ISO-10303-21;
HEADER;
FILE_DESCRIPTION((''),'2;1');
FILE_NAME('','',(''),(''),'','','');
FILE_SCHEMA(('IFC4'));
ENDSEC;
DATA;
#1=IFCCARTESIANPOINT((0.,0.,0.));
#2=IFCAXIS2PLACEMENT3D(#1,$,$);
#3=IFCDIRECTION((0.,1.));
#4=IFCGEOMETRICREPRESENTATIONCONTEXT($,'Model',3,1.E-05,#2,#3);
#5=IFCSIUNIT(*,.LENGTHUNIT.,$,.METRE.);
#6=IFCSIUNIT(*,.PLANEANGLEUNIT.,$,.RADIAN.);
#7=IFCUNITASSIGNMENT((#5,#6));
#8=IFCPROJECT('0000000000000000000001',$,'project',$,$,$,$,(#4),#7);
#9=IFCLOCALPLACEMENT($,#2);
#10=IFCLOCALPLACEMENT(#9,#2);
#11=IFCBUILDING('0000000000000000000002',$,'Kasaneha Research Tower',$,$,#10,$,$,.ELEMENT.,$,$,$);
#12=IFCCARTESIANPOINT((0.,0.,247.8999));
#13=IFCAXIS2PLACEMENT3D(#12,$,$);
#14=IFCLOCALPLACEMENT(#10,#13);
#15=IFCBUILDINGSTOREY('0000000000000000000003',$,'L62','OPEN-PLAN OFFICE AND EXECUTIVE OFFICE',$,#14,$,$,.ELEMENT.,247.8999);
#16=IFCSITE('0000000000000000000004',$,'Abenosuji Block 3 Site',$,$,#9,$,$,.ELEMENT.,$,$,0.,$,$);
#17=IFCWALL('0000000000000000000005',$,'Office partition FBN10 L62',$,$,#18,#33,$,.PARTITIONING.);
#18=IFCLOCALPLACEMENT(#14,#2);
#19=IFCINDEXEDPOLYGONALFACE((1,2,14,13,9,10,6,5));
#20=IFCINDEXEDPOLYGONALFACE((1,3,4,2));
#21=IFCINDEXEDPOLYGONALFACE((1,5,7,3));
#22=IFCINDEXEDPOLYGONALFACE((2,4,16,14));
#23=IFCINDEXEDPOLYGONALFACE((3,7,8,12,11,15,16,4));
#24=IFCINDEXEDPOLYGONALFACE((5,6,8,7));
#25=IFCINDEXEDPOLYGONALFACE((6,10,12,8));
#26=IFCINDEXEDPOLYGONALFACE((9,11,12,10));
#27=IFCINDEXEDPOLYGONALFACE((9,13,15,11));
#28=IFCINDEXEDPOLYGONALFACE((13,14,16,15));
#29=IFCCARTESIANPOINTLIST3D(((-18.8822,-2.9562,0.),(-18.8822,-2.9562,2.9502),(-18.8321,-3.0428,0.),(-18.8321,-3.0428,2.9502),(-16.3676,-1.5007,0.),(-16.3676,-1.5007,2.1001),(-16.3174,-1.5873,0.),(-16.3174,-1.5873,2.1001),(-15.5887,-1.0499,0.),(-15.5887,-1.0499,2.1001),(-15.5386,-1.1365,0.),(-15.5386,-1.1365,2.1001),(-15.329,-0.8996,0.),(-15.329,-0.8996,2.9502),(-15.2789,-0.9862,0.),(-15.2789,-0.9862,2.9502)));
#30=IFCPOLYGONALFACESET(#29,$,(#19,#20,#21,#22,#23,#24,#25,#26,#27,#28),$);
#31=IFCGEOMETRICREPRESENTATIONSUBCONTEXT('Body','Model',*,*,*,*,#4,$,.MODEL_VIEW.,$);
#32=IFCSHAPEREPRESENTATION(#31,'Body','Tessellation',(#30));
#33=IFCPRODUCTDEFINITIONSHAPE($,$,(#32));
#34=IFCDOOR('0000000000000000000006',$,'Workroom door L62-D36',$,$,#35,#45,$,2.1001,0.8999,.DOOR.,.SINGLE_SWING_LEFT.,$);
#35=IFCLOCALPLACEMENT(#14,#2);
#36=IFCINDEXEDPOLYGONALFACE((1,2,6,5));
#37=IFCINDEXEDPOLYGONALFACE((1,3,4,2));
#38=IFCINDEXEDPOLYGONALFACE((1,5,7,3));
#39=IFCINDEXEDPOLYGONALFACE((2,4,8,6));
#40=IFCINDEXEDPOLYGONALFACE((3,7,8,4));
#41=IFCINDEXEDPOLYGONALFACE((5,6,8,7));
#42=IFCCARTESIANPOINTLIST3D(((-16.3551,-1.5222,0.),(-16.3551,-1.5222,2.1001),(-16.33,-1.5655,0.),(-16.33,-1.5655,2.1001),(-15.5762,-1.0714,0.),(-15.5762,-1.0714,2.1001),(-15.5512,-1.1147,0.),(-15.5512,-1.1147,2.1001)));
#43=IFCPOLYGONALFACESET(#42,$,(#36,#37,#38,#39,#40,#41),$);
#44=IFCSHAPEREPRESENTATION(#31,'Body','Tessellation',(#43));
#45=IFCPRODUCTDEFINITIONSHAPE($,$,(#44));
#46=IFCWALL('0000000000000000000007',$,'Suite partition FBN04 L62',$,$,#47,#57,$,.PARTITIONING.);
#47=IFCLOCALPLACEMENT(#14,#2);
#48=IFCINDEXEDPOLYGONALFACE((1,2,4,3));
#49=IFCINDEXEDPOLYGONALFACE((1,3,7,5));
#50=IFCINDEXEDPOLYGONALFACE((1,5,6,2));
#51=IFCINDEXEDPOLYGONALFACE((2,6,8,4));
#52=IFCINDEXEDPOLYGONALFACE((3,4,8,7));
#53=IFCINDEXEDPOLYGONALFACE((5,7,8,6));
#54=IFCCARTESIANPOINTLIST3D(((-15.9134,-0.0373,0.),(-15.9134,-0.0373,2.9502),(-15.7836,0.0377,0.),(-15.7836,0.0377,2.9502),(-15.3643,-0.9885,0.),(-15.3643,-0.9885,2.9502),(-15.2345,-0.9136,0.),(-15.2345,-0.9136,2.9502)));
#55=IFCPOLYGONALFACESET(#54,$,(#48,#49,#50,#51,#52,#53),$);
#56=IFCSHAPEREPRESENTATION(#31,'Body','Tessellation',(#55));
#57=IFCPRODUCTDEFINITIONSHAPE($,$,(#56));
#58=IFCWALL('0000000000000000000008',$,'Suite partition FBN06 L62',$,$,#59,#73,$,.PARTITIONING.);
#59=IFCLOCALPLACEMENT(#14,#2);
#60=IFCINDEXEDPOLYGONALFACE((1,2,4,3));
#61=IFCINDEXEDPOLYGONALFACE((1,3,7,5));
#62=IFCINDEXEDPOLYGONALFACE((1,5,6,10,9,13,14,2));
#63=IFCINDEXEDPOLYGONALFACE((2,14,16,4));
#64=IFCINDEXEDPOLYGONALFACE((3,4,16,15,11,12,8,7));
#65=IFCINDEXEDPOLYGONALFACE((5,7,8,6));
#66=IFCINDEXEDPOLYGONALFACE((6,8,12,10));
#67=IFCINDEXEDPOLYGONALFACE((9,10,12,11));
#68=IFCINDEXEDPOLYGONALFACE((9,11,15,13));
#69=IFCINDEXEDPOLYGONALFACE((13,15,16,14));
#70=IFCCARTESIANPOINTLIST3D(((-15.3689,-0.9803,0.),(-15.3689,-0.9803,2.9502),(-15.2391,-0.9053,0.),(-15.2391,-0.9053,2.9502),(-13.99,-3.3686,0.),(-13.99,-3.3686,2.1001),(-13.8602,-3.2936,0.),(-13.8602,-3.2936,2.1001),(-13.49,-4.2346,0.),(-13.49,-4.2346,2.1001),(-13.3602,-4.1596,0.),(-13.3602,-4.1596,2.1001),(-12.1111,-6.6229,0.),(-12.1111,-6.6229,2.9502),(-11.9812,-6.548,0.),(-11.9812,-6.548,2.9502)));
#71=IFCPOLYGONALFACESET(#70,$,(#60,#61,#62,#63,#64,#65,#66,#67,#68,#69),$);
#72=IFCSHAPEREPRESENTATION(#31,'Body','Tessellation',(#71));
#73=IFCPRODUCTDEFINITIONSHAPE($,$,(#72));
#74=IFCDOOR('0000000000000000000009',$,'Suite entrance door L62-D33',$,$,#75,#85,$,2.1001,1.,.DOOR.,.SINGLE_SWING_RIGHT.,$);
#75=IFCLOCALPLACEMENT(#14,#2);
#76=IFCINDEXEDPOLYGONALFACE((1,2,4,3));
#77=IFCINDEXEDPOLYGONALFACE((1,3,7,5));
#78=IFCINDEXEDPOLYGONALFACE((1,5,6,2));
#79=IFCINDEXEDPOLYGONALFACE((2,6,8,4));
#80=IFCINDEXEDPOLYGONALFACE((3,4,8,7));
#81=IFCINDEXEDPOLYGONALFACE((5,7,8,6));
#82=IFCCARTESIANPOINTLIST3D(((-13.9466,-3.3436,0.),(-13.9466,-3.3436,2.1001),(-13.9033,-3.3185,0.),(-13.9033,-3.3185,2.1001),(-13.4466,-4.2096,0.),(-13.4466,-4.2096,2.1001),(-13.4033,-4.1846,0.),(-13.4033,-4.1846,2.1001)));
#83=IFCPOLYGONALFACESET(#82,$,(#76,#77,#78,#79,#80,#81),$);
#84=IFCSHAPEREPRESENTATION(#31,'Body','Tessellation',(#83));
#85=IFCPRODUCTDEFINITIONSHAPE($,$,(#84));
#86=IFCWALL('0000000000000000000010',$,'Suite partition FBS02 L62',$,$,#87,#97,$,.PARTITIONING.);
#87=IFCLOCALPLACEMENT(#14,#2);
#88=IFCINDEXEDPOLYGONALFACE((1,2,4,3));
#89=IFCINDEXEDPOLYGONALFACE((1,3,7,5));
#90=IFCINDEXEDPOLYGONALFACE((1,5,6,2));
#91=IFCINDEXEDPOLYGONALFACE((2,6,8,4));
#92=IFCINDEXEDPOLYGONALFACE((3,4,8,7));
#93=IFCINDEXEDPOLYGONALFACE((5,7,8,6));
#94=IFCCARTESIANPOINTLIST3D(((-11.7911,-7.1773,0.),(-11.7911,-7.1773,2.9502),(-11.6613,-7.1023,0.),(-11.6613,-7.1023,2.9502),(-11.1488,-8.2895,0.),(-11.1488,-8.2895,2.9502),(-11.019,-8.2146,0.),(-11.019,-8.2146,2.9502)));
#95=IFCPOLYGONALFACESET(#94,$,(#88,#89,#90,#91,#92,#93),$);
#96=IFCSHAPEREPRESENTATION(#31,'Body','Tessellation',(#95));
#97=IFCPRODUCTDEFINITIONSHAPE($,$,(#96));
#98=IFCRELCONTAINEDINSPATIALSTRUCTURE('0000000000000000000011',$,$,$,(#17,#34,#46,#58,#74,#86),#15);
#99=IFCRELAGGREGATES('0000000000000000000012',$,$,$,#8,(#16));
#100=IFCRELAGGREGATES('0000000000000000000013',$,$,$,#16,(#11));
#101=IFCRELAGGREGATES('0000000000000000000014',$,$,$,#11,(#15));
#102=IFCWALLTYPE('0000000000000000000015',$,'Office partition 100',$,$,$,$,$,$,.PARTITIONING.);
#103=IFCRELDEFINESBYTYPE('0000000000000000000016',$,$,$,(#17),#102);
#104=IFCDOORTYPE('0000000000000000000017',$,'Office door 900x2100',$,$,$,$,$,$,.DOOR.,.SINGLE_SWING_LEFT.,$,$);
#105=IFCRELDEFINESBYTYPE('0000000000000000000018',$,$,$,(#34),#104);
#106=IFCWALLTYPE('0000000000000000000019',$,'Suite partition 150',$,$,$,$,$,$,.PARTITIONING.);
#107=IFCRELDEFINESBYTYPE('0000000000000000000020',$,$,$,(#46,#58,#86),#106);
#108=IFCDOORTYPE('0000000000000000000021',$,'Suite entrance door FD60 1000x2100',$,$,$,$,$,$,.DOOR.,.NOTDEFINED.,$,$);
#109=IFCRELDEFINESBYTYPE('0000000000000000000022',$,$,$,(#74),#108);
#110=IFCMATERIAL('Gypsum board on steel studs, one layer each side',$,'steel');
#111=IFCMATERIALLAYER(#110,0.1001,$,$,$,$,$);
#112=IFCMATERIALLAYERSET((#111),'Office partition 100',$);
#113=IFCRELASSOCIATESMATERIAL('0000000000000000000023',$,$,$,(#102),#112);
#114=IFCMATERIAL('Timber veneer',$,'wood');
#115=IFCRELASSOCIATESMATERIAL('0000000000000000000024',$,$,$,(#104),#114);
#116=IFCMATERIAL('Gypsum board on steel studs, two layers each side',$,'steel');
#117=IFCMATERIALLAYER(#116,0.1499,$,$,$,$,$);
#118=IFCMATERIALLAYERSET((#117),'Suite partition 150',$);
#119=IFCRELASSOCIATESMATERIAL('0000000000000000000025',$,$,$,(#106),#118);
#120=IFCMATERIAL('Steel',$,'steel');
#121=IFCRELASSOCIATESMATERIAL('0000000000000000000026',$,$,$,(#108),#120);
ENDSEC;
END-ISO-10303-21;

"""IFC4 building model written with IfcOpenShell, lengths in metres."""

from ifc_helpers import new_model, si_unit, direction, frame, frame_2d, origin, place, context, subcontext, project, spatial, rectangle, extrude, material, layer, layer_set, type_object, element, fill, save


model = new_model("IFC4")

# Units and contexts
model_context = context("Model", 3, precision=1e-05, world=origin(), true_north=direction((0.0, 1.0)))
body_context = subcontext(model_context, "Body", "Model", "MODEL_VIEW")
ifc_project = project(units=[si_unit("LENGTHUNIT", "METRE"), si_unit("PLANEANGLEUNIT", "RADIAN")], contexts=[model_context])

# Site, building, storey
site_placement = place(None, origin())
site = spatial("IfcSite", under=ifc_project, at=site_placement, Name="Abenosuji Block 3 Site", CompositionType="ELEMENT", RefElevation=0.0)
building_placement = place(site_placement, origin())
building = spatial("IfcBuilding", under=site, at=building_placement, Name="Kasaneha Research Tower", CompositionType="ELEMENT")
storey_placement = place(building_placement, frame((0.0, 0.0, 247.8999)))
storey = spatial("IfcBuildingStorey", under=building, at=storey_placement, Name="L62", Description="OPEN-PLAN OFFICE AND EXECUTIVE OFFICE", CompositionType="ELEMENT", Elevation=247.8999)

# Wall, opening, door
ifc_material_1 = material(Name="Gypsum board on steel studs, one layer each side", Category="steel")
ifc_layer_1 = layer(ifc_material_1, 0.1001)
ifc_layer_set_1 = layer_set([ifc_layer_1], Name="Office partition 100")
wall_type_1 = type_object("IfcWallType", Name="Office partition 100", PredefinedType="PARTITIONING", material=ifc_layer_set_1)
wall_1_placement = place(storey_placement, frame((-15.304, -0.9429, 0.0), z_axis=(0.0, 0.0, 1.0), x_axis=(-0.865478, -0.500947, 0.0)))
wall_1 = element("IfcWall", 1, at=wall_1_placement, inside=storey, type_object=wall_type_1, Name="Office partition FBN10 L62", PredefinedType="PARTITIONING", context=body_context, shape_type="SweptSolid", body=[
    extrude(rectangle(XDim=4.1055, YDim=0.1001, at=frame_2d((2.0527, 0.0))), origin(), (0.0, 0.0, 1.0), 2.9502),
])
opening_1_placement = place(wall_1_placement, frame((0.3, 0.0, 0.0)))
opening_1 = element("IfcOpeningElement", 2, at=opening_1_placement, cuts=wall_1, PredefinedType="OPENING", context=body_context, shape_type="SweptSolid", body=[
    extrude(rectangle(XDim=0.8999, YDim=2.1001, at=frame_2d((0.45, 1.05))), frame((0.0, 0.0601, 0.0), z_axis=(0.0, -1.0, 0.0), x_axis=(1.0, 0.0, 0.0)), (0.0, 0.0, 1.0), 0.1201),
])
ifc_material_2 = material(Name="Timber veneer", Category="wood")
door_type_1 = type_object("IfcDoorType", Name="Office door 900x2100", OperationType="SINGLE_SWING_LEFT", PredefinedType="DOOR", material=ifc_material_2)
door_1_placement = place(opening_1_placement, origin())
door_1 = element("IfcDoor", 3, at=door_1_placement, inside=storey, type_object=door_type_1, Name="Workroom door L62-D36", OperationType="SINGLE_SWING_LEFT", OverallHeight=2.1001, OverallWidth=0.8999, PredefinedType="DOOR", context=body_context, shape_type="SweptSolid", body=[
    extrude(rectangle(XDim=0.8999, YDim=2.1001, at=frame_2d((0.45, 1.05))), frame((0.0, 0.0249, 0.0), z_axis=(0.0, -1.0, 0.0), x_axis=(1.0, 0.0, 0.0)), (0.0, 0.0, 1.0), 0.05),
])
fill(opening_1, door_1)

# Wall
ifc_material_3 = material(Name="Gypsum board on steel studs, two layers each side", Category="steel")
ifc_layer_2 = layer(ifc_material_3, 0.1499)
ifc_layer_set_2 = layer_set([ifc_layer_2], Name="Suite partition 150")
wall_type_2 = type_object("IfcWallType", Name="Suite partition 150", PredefinedType="PARTITIONING", material=ifc_layer_set_2)
wall_2_placement = place(storey_placement, frame((-15.2993, -0.9512, 0.0), z_axis=(0.0, 0.0, 1.0), x_axis=(-0.499941, 0.86606, 0.0)))
element("IfcWall", 4, at=wall_2_placement, inside=storey, type_object=wall_type_2, Name="Suite partition FBN04 L62", PredefinedType="PARTITIONING", context=body_context, shape_type="SweptSolid", body=[
    extrude(rectangle(XDim=1.0984, YDim=0.1499, at=frame_2d((0.5493, 0.0))), origin(), (0.0, 0.0, 1.0), 2.9502),
])

# Wall, opening, door
wall_3_placement = place(storey_placement, frame((-12.0461, -6.5854, 0.0), z_axis=(0.0, 0.0, 1.0), x_axis=(-0.500008, 0.866021, 0.0)))
wall_3 = element("IfcWall", 5, at=wall_3_placement, inside=storey, type_object=wall_type_2, Name="Suite partition FBN06 L62", PredefinedType="PARTITIONING", context=body_context, shape_type="SweptSolid", body=[
    extrude(rectangle(XDim=6.5156, YDim=0.1499, at=frame_2d((3.2578, 0.0))), origin(), (0.0, 0.0, 1.0), 2.9502),
])
opening_2_placement = place(wall_3_placement, frame((2.7578, 0.0, 0.0)))
opening_2 = element("IfcOpeningElement", 6, at=opening_2_placement, cuts=wall_3, PredefinedType="OPENING", context=body_context, shape_type="SweptSolid", body=[
    extrude(rectangle(XDim=1.0, YDim=2.1001, at=frame_2d((0.5, 1.05))), frame((0.0, 0.085, 0.0), z_axis=(0.0, -1.0, 0.0), x_axis=(1.0, 0.0, 0.0)), (0.0, 0.0, 1.0), 0.1699),
])
ifc_material_4 = material(Name="Steel", Category="steel")
door_type_2 = type_object("IfcDoorType", Name="Suite entrance door FD60 1000x2100", OperationType="NOTDEFINED", PredefinedType="DOOR", material=ifc_material_4)
door_2_placement = place(opening_2_placement, origin())
door_2 = element("IfcDoor", 7, at=door_2_placement, inside=storey, type_object=door_type_2, Name="Suite entrance door L62-D33", OperationType="SINGLE_SWING_RIGHT", OverallHeight=2.1001, OverallWidth=1.0, PredefinedType="DOOR", context=body_context, shape_type="SweptSolid", body=[
    extrude(rectangle(XDim=1.0, YDim=2.1001, at=frame_2d((0.5, 1.05))), frame((0.0, 0.0249, 0.0), z_axis=(0.0, -1.0, 0.0), x_axis=(1.0, 0.0, 0.0)), (0.0, 0.0, 1.0), 0.05),
])
fill(opening_2, door_2)

# Wall
wall_4_placement = place(storey_placement, frame((-11.084, -8.252, 0.0), z_axis=(0.0, 0.0, 1.0), x_axis=(-0.500084, 0.865977, 0.0)))
element("IfcWall", 8, at=wall_4_placement, inside=storey, type_object=wall_type_2, Name="Suite partition FBS02 L62", PredefinedType="PARTITIONING", context=body_context, shape_type="SweptSolid", body=[
    extrude(rectangle(XDim=1.2844, YDim=0.1499, at=frame_2d((0.6421, 0.0))), origin(), (0.0, 0.0, 1.0), 2.9502),
])

save(model, "model.ifc")
